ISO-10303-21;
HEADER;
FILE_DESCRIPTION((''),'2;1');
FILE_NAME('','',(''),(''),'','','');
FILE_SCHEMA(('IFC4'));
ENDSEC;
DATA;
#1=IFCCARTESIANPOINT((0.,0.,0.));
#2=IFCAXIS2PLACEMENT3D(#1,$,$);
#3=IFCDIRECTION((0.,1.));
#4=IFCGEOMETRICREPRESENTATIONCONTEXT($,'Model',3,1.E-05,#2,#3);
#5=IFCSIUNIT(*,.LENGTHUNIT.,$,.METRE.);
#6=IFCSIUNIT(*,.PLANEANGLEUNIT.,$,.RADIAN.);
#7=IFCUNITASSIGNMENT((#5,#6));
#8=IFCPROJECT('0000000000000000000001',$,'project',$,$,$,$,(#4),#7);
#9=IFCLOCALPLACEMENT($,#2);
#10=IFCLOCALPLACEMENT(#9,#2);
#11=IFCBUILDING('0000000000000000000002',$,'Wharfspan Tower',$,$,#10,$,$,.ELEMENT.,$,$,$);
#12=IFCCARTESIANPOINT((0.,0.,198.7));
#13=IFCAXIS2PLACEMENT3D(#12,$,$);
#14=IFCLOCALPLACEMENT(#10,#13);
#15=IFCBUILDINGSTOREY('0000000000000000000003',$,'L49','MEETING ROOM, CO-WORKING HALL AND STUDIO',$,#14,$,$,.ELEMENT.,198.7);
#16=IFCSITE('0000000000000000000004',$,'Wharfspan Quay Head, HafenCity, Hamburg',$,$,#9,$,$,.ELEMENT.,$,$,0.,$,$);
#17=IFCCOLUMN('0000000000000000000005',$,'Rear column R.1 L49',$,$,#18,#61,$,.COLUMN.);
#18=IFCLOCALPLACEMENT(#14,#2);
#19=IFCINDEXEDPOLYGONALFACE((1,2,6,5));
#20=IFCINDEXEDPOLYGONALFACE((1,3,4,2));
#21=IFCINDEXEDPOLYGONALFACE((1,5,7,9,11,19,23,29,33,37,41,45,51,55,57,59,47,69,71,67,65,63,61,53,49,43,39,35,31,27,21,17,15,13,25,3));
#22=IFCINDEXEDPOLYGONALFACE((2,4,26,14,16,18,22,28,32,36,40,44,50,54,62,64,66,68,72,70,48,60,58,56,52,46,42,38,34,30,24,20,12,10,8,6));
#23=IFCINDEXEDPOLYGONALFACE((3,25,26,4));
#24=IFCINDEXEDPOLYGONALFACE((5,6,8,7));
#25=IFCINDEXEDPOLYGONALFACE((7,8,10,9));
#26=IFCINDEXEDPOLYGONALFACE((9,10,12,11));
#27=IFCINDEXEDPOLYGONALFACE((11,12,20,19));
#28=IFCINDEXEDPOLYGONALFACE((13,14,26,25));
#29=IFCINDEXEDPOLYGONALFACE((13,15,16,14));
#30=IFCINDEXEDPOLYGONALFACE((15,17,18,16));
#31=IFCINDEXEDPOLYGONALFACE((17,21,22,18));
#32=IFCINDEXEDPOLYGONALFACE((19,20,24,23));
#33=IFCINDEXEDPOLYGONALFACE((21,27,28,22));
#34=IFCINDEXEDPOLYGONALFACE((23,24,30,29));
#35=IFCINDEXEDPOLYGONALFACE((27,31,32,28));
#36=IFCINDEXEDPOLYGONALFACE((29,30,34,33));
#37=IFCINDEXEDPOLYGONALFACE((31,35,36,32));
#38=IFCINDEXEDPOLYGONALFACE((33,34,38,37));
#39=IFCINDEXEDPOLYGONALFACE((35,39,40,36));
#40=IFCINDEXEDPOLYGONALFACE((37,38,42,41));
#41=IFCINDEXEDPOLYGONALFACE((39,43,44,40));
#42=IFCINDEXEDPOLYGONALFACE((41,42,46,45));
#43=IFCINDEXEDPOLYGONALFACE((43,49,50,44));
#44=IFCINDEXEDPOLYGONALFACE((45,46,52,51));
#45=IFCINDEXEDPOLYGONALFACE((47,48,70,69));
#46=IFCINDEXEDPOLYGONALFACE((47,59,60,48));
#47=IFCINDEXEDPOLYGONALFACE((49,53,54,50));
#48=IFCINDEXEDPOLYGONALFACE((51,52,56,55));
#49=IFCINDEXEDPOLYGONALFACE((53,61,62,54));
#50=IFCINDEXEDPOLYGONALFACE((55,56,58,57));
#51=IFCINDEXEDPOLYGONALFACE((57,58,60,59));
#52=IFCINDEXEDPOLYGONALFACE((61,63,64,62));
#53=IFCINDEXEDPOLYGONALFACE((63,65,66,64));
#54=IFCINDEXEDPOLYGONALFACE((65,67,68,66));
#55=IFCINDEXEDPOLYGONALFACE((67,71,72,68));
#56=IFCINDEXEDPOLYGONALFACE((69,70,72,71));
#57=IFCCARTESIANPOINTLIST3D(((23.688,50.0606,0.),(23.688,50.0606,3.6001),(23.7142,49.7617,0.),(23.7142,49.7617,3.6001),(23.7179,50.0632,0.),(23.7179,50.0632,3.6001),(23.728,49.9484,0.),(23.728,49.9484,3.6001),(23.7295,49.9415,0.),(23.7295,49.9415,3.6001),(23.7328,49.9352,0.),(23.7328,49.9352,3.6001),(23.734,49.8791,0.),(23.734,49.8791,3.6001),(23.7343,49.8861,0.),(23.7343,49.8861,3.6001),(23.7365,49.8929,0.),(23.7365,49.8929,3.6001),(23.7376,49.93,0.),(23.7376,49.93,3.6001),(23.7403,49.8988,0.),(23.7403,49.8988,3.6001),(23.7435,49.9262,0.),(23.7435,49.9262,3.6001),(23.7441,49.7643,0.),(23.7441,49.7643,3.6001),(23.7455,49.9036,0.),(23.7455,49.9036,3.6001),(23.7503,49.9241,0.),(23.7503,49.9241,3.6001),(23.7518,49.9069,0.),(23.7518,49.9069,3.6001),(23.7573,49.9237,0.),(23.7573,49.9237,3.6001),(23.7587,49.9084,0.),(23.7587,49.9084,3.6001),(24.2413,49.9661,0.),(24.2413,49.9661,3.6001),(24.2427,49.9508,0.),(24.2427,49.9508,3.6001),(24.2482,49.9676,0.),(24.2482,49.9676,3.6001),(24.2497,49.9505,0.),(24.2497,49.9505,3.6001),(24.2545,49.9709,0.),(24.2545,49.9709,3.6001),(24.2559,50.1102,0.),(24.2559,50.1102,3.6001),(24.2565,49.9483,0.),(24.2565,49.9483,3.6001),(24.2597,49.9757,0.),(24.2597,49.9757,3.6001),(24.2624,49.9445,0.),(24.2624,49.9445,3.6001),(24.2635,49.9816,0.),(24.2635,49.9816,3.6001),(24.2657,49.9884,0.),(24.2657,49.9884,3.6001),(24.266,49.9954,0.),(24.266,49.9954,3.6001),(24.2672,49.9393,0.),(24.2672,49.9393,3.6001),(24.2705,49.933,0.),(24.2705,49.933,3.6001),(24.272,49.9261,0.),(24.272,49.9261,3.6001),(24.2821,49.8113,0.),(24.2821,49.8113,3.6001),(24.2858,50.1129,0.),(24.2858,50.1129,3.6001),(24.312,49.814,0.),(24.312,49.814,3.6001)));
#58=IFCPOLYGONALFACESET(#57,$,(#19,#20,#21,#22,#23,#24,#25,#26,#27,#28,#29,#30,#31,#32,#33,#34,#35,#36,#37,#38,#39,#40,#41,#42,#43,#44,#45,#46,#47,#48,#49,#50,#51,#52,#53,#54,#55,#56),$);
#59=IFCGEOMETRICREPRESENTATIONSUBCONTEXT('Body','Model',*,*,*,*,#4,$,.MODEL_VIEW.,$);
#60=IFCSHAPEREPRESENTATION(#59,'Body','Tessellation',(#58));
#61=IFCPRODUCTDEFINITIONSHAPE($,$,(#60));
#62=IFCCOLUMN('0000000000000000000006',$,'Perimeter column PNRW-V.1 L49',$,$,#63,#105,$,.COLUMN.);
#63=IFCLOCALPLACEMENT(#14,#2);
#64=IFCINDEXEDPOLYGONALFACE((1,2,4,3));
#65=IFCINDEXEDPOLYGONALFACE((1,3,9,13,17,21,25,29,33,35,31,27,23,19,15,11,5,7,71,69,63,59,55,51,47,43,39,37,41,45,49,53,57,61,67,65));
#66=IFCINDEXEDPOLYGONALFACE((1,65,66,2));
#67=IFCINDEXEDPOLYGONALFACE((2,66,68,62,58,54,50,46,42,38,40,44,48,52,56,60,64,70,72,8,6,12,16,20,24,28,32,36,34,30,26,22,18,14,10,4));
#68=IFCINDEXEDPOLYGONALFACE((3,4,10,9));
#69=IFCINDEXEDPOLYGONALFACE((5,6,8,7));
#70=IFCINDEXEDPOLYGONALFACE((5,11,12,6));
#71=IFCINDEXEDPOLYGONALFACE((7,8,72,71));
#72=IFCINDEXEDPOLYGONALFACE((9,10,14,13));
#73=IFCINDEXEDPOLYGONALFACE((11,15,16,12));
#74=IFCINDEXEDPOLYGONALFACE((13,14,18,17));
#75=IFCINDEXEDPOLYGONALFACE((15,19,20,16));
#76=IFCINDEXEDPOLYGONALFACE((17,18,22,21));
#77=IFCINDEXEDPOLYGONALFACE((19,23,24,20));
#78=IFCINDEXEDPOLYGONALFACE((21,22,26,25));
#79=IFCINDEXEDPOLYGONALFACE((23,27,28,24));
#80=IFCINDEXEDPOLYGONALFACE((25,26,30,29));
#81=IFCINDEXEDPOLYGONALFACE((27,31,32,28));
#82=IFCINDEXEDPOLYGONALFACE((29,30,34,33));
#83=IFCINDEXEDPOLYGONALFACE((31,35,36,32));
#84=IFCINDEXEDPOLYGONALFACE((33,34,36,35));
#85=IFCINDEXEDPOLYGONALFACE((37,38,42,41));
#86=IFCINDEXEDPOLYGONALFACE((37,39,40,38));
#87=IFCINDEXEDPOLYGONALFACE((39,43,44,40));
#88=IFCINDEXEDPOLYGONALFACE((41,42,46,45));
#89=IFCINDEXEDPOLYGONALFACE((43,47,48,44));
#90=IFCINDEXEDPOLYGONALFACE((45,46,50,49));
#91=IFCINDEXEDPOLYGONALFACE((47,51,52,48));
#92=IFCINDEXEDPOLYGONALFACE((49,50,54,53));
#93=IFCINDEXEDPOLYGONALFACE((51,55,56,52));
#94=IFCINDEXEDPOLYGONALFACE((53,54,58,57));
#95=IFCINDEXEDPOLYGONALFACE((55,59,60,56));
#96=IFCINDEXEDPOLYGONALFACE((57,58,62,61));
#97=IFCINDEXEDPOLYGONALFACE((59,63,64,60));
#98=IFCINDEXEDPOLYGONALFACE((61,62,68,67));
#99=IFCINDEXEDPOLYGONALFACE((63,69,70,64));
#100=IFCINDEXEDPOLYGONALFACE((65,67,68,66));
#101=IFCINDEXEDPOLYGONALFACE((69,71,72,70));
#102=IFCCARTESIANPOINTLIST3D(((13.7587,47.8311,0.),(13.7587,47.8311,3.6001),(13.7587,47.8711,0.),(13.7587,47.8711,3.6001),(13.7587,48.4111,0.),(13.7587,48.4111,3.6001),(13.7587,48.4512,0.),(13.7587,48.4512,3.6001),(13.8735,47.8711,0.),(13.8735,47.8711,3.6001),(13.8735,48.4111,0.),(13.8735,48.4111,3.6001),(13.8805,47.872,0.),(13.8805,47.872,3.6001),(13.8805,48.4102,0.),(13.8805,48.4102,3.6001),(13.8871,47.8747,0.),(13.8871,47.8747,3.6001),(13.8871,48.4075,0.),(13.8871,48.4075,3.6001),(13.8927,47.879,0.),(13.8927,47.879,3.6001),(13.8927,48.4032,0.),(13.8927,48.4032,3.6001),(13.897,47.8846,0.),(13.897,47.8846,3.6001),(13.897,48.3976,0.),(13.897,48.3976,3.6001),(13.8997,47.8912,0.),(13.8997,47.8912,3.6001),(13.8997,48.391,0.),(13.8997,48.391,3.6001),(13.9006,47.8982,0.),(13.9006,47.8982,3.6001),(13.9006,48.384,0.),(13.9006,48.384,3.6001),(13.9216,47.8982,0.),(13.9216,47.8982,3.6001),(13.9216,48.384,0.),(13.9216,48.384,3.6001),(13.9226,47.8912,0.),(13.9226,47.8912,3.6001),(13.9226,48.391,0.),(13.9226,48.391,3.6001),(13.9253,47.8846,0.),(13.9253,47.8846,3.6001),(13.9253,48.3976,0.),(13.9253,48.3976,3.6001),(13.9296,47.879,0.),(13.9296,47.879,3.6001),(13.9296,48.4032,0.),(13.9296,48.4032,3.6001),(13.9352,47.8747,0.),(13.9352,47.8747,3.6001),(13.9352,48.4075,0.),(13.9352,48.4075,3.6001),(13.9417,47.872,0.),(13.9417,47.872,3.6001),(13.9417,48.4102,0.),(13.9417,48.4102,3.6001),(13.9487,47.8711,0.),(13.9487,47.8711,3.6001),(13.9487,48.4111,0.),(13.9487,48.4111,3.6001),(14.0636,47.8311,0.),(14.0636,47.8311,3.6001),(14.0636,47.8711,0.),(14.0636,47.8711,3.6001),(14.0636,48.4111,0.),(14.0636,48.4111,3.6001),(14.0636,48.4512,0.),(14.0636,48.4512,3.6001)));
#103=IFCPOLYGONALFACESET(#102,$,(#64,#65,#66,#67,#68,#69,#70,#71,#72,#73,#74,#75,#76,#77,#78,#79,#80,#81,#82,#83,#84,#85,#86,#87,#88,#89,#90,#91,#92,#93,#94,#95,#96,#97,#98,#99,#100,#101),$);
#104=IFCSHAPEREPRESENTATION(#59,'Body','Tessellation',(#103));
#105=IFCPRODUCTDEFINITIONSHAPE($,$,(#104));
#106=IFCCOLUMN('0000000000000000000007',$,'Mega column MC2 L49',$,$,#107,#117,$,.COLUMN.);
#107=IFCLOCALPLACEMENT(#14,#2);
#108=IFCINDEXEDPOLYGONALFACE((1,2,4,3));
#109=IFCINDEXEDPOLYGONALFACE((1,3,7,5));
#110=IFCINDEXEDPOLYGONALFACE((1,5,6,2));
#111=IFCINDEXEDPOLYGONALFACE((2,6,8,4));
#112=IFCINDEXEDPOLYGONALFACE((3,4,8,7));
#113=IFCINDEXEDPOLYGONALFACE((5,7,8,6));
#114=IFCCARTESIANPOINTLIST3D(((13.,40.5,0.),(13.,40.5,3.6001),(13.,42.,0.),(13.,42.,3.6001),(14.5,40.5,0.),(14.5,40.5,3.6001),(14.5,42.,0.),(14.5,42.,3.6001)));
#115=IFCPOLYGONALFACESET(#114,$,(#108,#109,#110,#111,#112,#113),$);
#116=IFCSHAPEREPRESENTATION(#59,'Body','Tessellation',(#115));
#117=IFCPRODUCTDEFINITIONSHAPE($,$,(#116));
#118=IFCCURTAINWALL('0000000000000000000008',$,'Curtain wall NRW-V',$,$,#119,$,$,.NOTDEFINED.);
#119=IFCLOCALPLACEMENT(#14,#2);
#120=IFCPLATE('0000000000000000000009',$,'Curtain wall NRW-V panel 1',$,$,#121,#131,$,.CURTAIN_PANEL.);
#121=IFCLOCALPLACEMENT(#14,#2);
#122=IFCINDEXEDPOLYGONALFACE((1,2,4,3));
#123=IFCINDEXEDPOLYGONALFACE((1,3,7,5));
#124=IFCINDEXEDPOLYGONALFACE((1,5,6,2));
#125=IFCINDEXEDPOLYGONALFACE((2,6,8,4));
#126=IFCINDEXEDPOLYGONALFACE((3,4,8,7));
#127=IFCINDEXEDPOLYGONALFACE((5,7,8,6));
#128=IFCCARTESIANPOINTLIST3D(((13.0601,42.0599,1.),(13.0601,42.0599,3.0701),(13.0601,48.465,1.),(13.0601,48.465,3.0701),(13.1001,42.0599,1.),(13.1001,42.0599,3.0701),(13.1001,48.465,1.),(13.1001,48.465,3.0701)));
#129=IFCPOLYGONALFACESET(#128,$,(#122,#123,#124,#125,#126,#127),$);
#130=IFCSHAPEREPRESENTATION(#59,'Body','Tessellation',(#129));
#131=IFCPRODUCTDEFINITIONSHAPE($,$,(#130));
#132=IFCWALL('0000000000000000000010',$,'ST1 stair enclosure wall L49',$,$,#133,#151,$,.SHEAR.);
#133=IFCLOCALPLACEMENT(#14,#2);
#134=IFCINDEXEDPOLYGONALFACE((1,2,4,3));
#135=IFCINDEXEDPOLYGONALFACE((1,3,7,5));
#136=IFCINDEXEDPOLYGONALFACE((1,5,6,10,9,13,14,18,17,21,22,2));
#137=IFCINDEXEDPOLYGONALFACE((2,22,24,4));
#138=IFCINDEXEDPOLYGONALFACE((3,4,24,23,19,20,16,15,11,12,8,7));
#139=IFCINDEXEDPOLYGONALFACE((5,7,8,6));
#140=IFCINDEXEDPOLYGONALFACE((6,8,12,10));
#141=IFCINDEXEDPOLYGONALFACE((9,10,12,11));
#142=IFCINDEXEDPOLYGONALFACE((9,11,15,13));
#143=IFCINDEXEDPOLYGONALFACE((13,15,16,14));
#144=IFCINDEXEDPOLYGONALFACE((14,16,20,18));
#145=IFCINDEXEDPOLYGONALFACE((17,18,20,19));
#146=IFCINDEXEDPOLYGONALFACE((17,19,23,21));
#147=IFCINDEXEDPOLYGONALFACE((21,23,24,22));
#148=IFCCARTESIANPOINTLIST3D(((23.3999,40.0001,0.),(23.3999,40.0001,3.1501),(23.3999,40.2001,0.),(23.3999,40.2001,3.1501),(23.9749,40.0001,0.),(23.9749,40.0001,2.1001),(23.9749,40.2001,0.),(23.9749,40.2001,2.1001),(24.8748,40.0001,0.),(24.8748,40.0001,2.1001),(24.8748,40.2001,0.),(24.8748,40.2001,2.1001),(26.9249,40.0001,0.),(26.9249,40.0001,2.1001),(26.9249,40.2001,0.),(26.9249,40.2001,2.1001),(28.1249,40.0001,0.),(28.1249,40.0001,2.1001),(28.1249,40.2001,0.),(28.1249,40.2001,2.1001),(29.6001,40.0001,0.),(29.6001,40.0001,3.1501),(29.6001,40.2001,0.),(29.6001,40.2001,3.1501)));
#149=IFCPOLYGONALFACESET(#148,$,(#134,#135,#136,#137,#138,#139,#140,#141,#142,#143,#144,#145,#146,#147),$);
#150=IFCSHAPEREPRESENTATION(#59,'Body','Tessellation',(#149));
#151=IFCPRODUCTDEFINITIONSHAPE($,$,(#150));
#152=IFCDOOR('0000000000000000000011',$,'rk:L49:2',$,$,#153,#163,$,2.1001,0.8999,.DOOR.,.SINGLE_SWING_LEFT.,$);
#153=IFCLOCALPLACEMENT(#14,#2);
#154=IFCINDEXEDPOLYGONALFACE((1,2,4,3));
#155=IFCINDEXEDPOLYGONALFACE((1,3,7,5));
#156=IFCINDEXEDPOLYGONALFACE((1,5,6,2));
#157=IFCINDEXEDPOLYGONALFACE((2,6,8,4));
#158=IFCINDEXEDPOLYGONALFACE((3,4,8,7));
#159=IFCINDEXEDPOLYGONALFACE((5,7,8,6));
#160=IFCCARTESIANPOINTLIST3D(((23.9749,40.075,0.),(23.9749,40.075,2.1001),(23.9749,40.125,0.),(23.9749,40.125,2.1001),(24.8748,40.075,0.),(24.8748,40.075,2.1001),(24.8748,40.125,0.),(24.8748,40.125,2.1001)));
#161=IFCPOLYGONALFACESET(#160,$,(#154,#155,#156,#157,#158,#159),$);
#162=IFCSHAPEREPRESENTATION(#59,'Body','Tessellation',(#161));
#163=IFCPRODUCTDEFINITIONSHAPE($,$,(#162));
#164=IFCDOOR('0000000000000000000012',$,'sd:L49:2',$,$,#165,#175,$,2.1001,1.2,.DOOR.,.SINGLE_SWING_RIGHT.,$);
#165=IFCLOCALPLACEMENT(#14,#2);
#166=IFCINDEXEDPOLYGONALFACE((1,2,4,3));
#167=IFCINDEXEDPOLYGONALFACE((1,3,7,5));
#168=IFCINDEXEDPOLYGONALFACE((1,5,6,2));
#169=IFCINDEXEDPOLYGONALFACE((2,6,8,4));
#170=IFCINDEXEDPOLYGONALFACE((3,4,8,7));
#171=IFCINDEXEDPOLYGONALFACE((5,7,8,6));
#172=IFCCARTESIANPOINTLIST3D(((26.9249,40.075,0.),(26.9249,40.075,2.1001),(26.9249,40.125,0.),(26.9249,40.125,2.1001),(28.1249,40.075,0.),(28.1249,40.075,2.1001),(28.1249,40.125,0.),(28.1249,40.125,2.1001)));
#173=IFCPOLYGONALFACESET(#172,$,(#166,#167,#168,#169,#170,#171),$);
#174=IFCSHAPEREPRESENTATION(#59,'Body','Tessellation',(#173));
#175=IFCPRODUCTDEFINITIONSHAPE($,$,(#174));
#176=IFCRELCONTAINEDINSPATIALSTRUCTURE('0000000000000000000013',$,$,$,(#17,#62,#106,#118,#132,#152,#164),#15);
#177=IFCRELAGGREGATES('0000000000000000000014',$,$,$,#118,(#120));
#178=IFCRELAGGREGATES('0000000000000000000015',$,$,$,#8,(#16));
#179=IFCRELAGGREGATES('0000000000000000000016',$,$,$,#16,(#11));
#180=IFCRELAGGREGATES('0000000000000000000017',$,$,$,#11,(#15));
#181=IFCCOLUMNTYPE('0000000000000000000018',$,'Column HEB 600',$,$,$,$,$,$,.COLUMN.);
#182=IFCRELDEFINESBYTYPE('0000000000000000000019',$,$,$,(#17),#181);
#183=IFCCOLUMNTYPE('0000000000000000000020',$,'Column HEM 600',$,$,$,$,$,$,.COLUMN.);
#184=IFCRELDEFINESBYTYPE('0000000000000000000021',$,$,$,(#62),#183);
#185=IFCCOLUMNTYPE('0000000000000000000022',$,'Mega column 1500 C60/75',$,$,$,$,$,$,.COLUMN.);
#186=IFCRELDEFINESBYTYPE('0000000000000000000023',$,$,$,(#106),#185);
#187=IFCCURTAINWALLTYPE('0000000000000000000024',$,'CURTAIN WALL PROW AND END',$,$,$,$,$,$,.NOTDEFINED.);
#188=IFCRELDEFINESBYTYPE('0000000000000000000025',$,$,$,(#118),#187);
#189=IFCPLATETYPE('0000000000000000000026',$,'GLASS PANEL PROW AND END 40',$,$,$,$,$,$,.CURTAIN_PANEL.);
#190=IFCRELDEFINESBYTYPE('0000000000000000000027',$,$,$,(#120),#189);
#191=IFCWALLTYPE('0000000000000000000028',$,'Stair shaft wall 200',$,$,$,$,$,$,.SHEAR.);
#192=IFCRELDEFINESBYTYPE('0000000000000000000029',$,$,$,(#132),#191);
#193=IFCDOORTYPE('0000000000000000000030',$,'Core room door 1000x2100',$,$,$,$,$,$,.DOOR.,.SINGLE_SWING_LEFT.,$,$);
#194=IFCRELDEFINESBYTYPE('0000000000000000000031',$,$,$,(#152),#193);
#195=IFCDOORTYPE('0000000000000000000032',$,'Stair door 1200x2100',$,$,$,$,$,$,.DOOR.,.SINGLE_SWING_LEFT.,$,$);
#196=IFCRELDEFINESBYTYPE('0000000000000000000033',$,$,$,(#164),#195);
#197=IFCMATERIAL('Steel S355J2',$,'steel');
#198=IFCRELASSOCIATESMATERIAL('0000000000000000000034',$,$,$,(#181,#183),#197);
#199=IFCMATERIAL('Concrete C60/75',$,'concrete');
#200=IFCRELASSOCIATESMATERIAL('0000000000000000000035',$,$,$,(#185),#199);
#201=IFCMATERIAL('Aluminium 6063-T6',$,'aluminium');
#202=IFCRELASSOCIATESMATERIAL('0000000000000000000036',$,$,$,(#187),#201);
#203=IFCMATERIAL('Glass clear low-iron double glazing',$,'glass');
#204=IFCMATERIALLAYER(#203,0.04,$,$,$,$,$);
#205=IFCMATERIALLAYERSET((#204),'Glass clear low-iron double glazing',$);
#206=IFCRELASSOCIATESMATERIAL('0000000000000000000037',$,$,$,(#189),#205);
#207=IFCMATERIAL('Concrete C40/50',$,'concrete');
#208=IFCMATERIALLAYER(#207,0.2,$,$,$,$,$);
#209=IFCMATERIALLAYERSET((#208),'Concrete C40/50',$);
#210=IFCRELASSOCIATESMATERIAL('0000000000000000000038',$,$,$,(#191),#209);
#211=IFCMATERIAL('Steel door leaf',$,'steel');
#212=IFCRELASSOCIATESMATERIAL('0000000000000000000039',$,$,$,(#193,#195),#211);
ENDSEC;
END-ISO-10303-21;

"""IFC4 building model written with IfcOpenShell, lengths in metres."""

from ifc_helpers import new_model, si_unit, direction, frame, frame_2d, origin, origin_2d, place, context, subcontext, project, spatial, rectangle, i_section, extrude, material, layer, layer_set, material_profile, profile_set, type_object, element, fill, aggregate, save


model = new_model("IFC4")

# Units and contexts
model_context = context("Model", 3, precision=1e-05, world=origin(), true_north=direction((0.0, 1.0)))
body_context = subcontext(model_context, "Body", "Model", "MODEL_VIEW")
ifc_project = project(units=[si_unit("LENGTHUNIT", "METRE"), si_unit("PLANEANGLEUNIT", "RADIAN")], contexts=[model_context])

# Site, building, storey
site_placement = place(None, origin())
site = spatial("IfcSite", under=ifc_project, at=site_placement, Name="Wharfspan Quay Head, HafenCity, Hamburg", CompositionType="ELEMENT", RefElevation=0.0)
building_placement = place(site_placement, origin())
building = spatial("IfcBuilding", under=site, at=building_placement, Name="Wharfspan Tower", CompositionType="ELEMENT")
storey_placement = place(building_placement, frame((0.0, 0.0, 198.7)))
storey = spatial("IfcBuildingStorey", under=building, at=storey_placement, Name="L49", Description="MEETING ROOM, CO-WORKING HALL AND STUDIO", CompositionType="ELEMENT", Elevation=198.7)

# Columns
ifc_material_1 = material(Name="Steel S355J2", Category="steel")
ifc_material_profile_1 = material_profile(ifc_material_1, i_section(OverallWidth=0.3, OverallDepth=0.6001, WebThickness=0.0154, FlangeThickness=0.03, FilletRadius=0.0271, at=origin_2d()))
ifc_profile_set_1 = profile_set([ifc_material_profile_1], Name="Steel S355J2")
column_type_1 = type_object("IfcColumnType", Name="Column HEB 600", PredefinedType="COLUMN", material=ifc_profile_set_1)
column_1_placement = place(storey_placement, frame((24.0, 49.9373, 0.0), z_axis=(0.0, 0.0, 1.0), x_axis=(-0.087156, 0.996198, 0.0)))
element("IfcColumn", 1, at=column_1_placement, inside=storey, type_object=column_type_1, Name="Rear column R.1 L49", PredefinedType="COLUMN", context=body_context, shape_type="SweptSolid", body=[
    extrude(i_section(OverallWidth=0.3, OverallDepth=0.6001, WebThickness=0.0154, FlangeThickness=0.03, FilletRadius=0.0271, at=origin_2d()), origin(), (0.0, 0.0, 1.0), 3.6001),
])
ifc_material_profile_2 = material_profile(ifc_material_1, i_section(OverallWidth=0.3049, OverallDepth=0.6201, WebThickness=0.021, FlangeThickness=0.04, FilletRadius=0.0271, at=origin_2d()))
ifc_profile_set_2 = profile_set([ifc_material_profile_2], Name="Steel S355J2")
column_type_2 = type_object("IfcColumnType", Name="Column HEM 600", PredefinedType="COLUMN", material=ifc_profile_set_2)
column_2_placement = place(storey_placement, frame((13.9111, 48.1411, 0.0), z_axis=(0.0, 0.0, 1.0), x_axis=(-1.0, 0.0, 0.0)))
element("IfcColumn", 2, at=column_2_placement, inside=storey, type_object=column_type_2, Name="Perimeter column PNRW-V.1 L49", PredefinedType="COLUMN", context=body_context, shape_type="SweptSolid", body=[
    extrude(i_section(OverallWidth=0.3049, OverallDepth=0.6201, WebThickness=0.021, FlangeThickness=0.04, FilletRadius=0.0271, at=origin_2d()), origin(), (0.0, 0.0, 1.0), 3.6001),
])
ifc_material_2 = material(Name="Concrete C60/75", Category="concrete")
ifc_material_profile_3 = material_profile(ifc_material_2, rectangle(XDim=1.5, YDim=1.5, at=origin_2d()))
ifc_profile_set_3 = profile_set([ifc_material_profile_3], Name="Concrete C60/75")
column_type_3 = type_object("IfcColumnType", Name="Mega column 1500 C60/75", PredefinedType="COLUMN", material=ifc_profile_set_3)
column_3_placement = place(storey_placement, frame((13.75, 41.25, 0.0), z_axis=(0.0, 0.0, 1.0), x_axis=(1.0, 0.0, 0.0)))
element("IfcColumn", 3, at=column_3_placement, inside=storey, type_object=column_type_3, Name="Mega column MC2 L49", PredefinedType="COLUMN", context=body_context, shape_type="SweptSolid", body=[
    extrude(rectangle(XDim=1.5, YDim=1.5, at=origin_2d()), origin(), (0.0, 0.0, 1.0), 3.6001),
])

# Curtain wall, plate
ifc_material_3 = material(Name="Aluminium 6063-T6", Category="aluminium")
curtain_wall_type = type_object("IfcCurtainWallType", Name="CURTAIN WALL PROW AND END", PredefinedType="NOTDEFINED", material=ifc_material_3)
curtain_wall_placement = place(storey_placement, origin())
curtain_wall = element("IfcCurtainWall", 4, at=curtain_wall_placement, inside=storey, type_object=curtain_wall_type, Name="Curtain wall NRW-V", PredefinedType="NOTDEFINED")
ifc_material_4 = material(Name="Glass clear low-iron double glazing", Category="glass")
ifc_layer_1 = layer(ifc_material_4, 0.04)
ifc_layer_set_1 = layer_set([ifc_layer_1], Name="Glass clear low-iron double glazing")
plate_type = type_object("IfcPlateType", Name="GLASS PANEL PROW AND END 40", PredefinedType="CURTAIN_PANEL", material=ifc_layer_set_1)
plate_placement = place(storey_placement, frame((13.0801, 45.2625, 1.0), z_axis=(0.0, 0.0, 1.0), x_axis=(0.0, -1.0, 0.0)))
plate = element("IfcPlate", 5, at=plate_placement, type_object=plate_type, Name="Curtain wall NRW-V panel 1", PredefinedType="CURTAIN_PANEL", context=body_context, shape_type="SweptSolid", body=[
    extrude(rectangle(XDim=6.405, YDim=0.04, at=origin_2d()), origin(), (0.0, 0.0, 1.0), 2.0701),
])
aggregate(curtain_wall, [plate])

# Wall, openings, doors
ifc_material_5 = material(Name="Concrete C40/50", Category="concrete")
ifc_layer_2 = layer(ifc_material_5, 0.2)
ifc_layer_set_2 = layer_set([ifc_layer_2], Name="Concrete C40/50")
wall_type_1 = type_object("IfcWallType", Name="Stair shaft wall 200", PredefinedType="SHEAR", material=ifc_layer_set_2)
wall_1_placement = place(storey_placement, frame((23.3999, 40.1001, 0.0), z_axis=(0.0, 0.0, 1.0), x_axis=(1.0, 0.0, 0.0)))
wall_1 = element("IfcWall", 6, at=wall_1_placement, inside=storey, type_object=wall_type_1, Name="ST1 stair enclosure wall L49", PredefinedType="SHEAR", context=body_context, shape_type="SweptSolid", body=[
    extrude(rectangle(XDim=6.2002, YDim=0.2, at=frame_2d((3.1001, 0.0))), origin(), (0.0, 0.0, 1.0), 3.1501),
])
opening_1_placement = place(wall_1_placement, frame((3.5249, 0.0, 0.0)))
opening_1 = element("IfcOpeningElement", 7, at=opening_1_placement, cuts=wall_1, PredefinedType="OPENING", context=body_context, shape_type="SweptSolid", body=[
    extrude(rectangle(XDim=1.2, YDim=2.1001, at=frame_2d((0.6001, 1.05))), frame((0.0, 0.1099, 0.0), z_axis=(0.0, -1.0, 0.0), x_axis=(1.0, 0.0, 0.0)), (0.0, 0.0, 1.0), 0.22),
])
opening_2_placement = place(wall_1_placement, frame((0.575, 0.0, 0.0)))
opening_2 = element("IfcOpeningElement", 8, at=opening_2_placement, cuts=wall_1, PredefinedType="OPENING", context=body_context, shape_type="SweptSolid", body=[
    extrude(rectangle(XDim=0.8999, YDim=2.1001, at=frame_2d((0.45, 1.05))), frame((0.0, 0.1099, 0.0), z_axis=(0.0, -1.0, 0.0), x_axis=(1.0, 0.0, 0.0)), (0.0, 0.0, 1.0), 0.22),
])
ifc_material_6 = material(Name="Steel door leaf", Category="steel")
door_type_1 = type_object("IfcDoorType", Name="Core room door 1000x2100", OperationType="SINGLE_SWING_LEFT", PredefinedType="DOOR", material=ifc_material_6)
door_1_placement = place(opening_2_placement, origin())
door_1 = element("IfcDoor", 9, at=door_1_placement, inside=storey, type_object=door_type_1, Name="rk:L49:2", OperationType="SINGLE_SWING_LEFT", OverallHeight=2.1001, OverallWidth=0.8999, PredefinedType="DOOR", context=body_context, shape_type="SweptSolid", body=[
    extrude(rectangle(XDim=0.8999, YDim=2.1001, at=frame_2d((0.45, 1.05))), frame((0.0, 0.0249, 0.0), z_axis=(0.0, -1.0, 0.0), x_axis=(1.0, 0.0, 0.0)), (0.0, 0.0, 1.0), 0.05),
])
fill(opening_2, door_1)
door_type_2 = type_object("IfcDoorType", Name="Stair door 1200x2100", OperationType="SINGLE_SWING_LEFT", PredefinedType="DOOR", material=ifc_material_6)
door_2_placement = place(opening_1_placement, origin())
door_2 = element("IfcDoor", 10, at=door_2_placement, inside=storey, type_object=door_type_2, Name="sd:L49:2", OperationType="SINGLE_SWING_RIGHT", OverallHeight=2.1001, OverallWidth=1.2, PredefinedType="DOOR", context=body_context, shape_type="SweptSolid", body=[
    extrude(rectangle(XDim=1.2, YDim=2.1001, at=frame_2d((0.6001, 1.05))), frame((0.0, 0.0249, 0.0), z_axis=(0.0, -1.0, 0.0), x_axis=(1.0, 0.0, 0.0)), (0.0, 0.0, 1.0), 0.05),
])
fill(opening_1, door_2)

save(model, "model.ifc")
